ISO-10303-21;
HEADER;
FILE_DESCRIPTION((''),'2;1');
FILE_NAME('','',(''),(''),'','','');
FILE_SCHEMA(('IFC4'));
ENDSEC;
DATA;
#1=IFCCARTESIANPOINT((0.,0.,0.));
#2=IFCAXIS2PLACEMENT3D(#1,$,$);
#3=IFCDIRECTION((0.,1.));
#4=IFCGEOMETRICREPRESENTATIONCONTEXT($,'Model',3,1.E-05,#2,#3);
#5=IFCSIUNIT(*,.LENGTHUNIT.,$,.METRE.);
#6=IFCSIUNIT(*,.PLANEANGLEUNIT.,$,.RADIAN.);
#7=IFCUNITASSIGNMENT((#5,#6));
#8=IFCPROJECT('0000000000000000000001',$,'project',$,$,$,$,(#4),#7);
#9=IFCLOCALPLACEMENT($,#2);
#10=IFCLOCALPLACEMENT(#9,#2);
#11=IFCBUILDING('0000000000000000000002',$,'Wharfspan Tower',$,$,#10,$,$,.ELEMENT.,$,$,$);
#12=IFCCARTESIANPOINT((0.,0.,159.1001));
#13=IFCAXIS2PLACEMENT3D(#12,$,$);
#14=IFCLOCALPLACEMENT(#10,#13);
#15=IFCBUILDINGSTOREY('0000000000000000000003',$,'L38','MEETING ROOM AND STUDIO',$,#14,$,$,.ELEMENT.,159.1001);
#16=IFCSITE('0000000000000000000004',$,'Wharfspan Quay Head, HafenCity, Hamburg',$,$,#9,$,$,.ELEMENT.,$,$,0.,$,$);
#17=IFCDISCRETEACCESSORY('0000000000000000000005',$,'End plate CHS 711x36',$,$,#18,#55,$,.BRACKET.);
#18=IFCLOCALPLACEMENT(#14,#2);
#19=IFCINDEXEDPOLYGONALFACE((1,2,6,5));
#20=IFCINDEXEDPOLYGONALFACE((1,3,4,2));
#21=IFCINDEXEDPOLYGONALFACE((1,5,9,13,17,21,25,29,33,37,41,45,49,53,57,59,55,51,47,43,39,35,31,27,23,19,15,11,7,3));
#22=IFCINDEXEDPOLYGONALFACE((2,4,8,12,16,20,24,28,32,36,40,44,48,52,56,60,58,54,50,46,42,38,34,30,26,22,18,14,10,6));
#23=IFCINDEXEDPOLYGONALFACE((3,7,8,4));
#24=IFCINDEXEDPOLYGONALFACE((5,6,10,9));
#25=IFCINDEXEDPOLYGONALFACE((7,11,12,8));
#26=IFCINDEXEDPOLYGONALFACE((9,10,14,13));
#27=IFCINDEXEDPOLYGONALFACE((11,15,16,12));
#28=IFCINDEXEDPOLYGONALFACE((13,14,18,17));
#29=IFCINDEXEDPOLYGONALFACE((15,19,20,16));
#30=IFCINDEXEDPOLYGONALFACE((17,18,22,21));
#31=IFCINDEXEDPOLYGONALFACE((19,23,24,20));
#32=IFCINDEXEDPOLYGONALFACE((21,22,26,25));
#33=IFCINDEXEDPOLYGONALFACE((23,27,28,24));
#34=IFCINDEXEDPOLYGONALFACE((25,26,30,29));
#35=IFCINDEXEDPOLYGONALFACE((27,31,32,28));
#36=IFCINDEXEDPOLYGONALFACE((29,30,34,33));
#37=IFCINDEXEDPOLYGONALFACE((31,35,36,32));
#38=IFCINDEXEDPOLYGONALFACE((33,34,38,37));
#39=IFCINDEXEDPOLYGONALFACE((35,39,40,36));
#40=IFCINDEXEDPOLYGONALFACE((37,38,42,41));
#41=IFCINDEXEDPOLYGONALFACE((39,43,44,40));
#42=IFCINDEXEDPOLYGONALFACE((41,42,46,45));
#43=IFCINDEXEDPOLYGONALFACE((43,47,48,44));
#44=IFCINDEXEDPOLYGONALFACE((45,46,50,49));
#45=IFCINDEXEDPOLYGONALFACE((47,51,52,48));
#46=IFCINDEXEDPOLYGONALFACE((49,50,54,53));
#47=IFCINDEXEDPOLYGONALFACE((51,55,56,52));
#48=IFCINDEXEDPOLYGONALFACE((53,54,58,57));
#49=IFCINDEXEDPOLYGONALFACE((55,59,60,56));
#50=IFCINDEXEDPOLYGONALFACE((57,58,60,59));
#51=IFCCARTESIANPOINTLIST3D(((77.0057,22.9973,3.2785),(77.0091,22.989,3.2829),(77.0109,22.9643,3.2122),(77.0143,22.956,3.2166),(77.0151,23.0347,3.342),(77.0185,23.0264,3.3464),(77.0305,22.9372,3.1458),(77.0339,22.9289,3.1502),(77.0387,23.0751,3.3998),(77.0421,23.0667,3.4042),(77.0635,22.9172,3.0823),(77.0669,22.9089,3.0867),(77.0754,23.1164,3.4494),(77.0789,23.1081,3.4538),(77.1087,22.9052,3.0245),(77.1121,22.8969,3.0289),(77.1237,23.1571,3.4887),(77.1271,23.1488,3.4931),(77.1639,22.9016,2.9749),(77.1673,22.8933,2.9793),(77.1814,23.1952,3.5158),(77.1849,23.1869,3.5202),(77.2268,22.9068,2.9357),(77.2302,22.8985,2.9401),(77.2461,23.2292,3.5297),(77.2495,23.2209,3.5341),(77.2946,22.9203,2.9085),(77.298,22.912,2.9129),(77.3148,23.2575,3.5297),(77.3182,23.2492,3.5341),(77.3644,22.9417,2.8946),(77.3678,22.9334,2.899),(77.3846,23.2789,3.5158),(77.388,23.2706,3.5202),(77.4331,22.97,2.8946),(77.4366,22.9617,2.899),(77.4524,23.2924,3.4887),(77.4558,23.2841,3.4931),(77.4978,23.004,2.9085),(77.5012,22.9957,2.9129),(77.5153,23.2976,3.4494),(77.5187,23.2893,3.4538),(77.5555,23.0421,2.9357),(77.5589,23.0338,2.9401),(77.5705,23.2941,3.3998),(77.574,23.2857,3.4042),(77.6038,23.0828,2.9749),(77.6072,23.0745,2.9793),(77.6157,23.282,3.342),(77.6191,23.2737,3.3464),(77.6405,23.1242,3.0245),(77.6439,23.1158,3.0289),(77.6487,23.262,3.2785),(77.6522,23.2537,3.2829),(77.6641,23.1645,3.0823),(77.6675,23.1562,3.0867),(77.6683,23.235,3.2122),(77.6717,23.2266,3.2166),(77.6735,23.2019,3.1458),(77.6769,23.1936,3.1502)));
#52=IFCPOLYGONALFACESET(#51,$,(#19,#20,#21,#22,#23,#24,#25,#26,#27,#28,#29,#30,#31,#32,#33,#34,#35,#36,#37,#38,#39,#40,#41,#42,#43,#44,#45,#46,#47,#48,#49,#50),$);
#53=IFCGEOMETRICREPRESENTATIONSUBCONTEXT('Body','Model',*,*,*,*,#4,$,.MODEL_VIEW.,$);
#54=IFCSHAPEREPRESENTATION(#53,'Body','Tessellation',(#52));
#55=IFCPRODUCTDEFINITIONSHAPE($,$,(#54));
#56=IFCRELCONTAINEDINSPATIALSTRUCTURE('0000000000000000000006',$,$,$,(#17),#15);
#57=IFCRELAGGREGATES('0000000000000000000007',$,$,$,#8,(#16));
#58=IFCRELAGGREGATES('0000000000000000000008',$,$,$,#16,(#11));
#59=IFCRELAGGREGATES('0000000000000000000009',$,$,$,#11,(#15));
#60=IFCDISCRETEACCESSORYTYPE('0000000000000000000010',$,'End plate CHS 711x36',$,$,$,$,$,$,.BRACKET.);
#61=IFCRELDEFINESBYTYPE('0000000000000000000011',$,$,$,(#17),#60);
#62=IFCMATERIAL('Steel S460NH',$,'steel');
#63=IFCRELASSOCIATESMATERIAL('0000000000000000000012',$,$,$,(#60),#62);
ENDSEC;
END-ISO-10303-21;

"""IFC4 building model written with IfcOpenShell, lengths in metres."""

from ifc_helpers import new_model, si_unit, direction, frame, origin, origin_2d, place, context, subcontext, project, spatial, circle, extrude, material, material_profile, profile_set, type_object, element, save


model = new_model("IFC4")

# Units and contexts
model_context = context("Model", 3, precision=1e-05, world=origin(), true_north=direction((0.0, 1.0)))
body_context = subcontext(model_context, "Body", "Model", "MODEL_VIEW")
ifc_project = project(units=[si_unit("LENGTHUNIT", "METRE"), si_unit("PLANEANGLEUNIT", "RADIAN")], contexts=[model_context])

# Site, building, storey
site_placement = place(None, origin())
site = spatial("IfcSite", under=ifc_project, at=site_placement, Name="Wharfspan Quay Head, HafenCity, Hamburg", CompositionType="ELEMENT", RefElevation=0.0)
building_placement = place(site_placement, origin())
building = spatial("IfcBuilding", under=site, at=building_placement, Name="Wharfspan Tower", CompositionType="ELEMENT")
storey_placement = place(building_placement, frame((0.0, 0.0, 159.1001)))
storey = spatial("IfcBuildingStorey", under=building, at=storey_placement, Name="L38", Description="MEETING ROOM AND STUDIO", CompositionType="ELEMENT", Elevation=159.1001)

# Shared definitions
ifc_material_1 = material(Name="Steel S460NH", Category="steel")

# Discrete accessory
ifc_material_profile_1 = material_profile(ifc_material_1, circle(Radius=0.3555, at=origin_2d()))
ifc_profile_set_1 = profile_set([ifc_material_profile_1], Name="Steel S460NH")
discrete_accessory_type = type_object("IfcDiscreteAccessoryType", Name="End plate CHS 711x36", PredefinedType="BRACKET", material=ifc_profile_set_1)
for number, where, z_axis, x_axis, name in (
    (1, (77.3396, 23.0996, 3.2122), (0.341972, -0.830504, 0.439679), (0.924678, 0.380749, -0.000001), "End plate CHS 711x36"),
):
    element("IfcDiscreteAccessory", number, at=place(storey_placement, frame(where, z_axis=z_axis, x_axis=x_axis)), inside=storey, type_object=discrete_accessory_type, Name=name, PredefinedType="BRACKET", context=body_context, shape_type="SweptSolid", body=[
        extrude(circle(Radius=0.3555, at=origin_2d()), origin(), (0.0, 0.0, 1.0), 0.01),
    ])

save(model, "model.ifc")
